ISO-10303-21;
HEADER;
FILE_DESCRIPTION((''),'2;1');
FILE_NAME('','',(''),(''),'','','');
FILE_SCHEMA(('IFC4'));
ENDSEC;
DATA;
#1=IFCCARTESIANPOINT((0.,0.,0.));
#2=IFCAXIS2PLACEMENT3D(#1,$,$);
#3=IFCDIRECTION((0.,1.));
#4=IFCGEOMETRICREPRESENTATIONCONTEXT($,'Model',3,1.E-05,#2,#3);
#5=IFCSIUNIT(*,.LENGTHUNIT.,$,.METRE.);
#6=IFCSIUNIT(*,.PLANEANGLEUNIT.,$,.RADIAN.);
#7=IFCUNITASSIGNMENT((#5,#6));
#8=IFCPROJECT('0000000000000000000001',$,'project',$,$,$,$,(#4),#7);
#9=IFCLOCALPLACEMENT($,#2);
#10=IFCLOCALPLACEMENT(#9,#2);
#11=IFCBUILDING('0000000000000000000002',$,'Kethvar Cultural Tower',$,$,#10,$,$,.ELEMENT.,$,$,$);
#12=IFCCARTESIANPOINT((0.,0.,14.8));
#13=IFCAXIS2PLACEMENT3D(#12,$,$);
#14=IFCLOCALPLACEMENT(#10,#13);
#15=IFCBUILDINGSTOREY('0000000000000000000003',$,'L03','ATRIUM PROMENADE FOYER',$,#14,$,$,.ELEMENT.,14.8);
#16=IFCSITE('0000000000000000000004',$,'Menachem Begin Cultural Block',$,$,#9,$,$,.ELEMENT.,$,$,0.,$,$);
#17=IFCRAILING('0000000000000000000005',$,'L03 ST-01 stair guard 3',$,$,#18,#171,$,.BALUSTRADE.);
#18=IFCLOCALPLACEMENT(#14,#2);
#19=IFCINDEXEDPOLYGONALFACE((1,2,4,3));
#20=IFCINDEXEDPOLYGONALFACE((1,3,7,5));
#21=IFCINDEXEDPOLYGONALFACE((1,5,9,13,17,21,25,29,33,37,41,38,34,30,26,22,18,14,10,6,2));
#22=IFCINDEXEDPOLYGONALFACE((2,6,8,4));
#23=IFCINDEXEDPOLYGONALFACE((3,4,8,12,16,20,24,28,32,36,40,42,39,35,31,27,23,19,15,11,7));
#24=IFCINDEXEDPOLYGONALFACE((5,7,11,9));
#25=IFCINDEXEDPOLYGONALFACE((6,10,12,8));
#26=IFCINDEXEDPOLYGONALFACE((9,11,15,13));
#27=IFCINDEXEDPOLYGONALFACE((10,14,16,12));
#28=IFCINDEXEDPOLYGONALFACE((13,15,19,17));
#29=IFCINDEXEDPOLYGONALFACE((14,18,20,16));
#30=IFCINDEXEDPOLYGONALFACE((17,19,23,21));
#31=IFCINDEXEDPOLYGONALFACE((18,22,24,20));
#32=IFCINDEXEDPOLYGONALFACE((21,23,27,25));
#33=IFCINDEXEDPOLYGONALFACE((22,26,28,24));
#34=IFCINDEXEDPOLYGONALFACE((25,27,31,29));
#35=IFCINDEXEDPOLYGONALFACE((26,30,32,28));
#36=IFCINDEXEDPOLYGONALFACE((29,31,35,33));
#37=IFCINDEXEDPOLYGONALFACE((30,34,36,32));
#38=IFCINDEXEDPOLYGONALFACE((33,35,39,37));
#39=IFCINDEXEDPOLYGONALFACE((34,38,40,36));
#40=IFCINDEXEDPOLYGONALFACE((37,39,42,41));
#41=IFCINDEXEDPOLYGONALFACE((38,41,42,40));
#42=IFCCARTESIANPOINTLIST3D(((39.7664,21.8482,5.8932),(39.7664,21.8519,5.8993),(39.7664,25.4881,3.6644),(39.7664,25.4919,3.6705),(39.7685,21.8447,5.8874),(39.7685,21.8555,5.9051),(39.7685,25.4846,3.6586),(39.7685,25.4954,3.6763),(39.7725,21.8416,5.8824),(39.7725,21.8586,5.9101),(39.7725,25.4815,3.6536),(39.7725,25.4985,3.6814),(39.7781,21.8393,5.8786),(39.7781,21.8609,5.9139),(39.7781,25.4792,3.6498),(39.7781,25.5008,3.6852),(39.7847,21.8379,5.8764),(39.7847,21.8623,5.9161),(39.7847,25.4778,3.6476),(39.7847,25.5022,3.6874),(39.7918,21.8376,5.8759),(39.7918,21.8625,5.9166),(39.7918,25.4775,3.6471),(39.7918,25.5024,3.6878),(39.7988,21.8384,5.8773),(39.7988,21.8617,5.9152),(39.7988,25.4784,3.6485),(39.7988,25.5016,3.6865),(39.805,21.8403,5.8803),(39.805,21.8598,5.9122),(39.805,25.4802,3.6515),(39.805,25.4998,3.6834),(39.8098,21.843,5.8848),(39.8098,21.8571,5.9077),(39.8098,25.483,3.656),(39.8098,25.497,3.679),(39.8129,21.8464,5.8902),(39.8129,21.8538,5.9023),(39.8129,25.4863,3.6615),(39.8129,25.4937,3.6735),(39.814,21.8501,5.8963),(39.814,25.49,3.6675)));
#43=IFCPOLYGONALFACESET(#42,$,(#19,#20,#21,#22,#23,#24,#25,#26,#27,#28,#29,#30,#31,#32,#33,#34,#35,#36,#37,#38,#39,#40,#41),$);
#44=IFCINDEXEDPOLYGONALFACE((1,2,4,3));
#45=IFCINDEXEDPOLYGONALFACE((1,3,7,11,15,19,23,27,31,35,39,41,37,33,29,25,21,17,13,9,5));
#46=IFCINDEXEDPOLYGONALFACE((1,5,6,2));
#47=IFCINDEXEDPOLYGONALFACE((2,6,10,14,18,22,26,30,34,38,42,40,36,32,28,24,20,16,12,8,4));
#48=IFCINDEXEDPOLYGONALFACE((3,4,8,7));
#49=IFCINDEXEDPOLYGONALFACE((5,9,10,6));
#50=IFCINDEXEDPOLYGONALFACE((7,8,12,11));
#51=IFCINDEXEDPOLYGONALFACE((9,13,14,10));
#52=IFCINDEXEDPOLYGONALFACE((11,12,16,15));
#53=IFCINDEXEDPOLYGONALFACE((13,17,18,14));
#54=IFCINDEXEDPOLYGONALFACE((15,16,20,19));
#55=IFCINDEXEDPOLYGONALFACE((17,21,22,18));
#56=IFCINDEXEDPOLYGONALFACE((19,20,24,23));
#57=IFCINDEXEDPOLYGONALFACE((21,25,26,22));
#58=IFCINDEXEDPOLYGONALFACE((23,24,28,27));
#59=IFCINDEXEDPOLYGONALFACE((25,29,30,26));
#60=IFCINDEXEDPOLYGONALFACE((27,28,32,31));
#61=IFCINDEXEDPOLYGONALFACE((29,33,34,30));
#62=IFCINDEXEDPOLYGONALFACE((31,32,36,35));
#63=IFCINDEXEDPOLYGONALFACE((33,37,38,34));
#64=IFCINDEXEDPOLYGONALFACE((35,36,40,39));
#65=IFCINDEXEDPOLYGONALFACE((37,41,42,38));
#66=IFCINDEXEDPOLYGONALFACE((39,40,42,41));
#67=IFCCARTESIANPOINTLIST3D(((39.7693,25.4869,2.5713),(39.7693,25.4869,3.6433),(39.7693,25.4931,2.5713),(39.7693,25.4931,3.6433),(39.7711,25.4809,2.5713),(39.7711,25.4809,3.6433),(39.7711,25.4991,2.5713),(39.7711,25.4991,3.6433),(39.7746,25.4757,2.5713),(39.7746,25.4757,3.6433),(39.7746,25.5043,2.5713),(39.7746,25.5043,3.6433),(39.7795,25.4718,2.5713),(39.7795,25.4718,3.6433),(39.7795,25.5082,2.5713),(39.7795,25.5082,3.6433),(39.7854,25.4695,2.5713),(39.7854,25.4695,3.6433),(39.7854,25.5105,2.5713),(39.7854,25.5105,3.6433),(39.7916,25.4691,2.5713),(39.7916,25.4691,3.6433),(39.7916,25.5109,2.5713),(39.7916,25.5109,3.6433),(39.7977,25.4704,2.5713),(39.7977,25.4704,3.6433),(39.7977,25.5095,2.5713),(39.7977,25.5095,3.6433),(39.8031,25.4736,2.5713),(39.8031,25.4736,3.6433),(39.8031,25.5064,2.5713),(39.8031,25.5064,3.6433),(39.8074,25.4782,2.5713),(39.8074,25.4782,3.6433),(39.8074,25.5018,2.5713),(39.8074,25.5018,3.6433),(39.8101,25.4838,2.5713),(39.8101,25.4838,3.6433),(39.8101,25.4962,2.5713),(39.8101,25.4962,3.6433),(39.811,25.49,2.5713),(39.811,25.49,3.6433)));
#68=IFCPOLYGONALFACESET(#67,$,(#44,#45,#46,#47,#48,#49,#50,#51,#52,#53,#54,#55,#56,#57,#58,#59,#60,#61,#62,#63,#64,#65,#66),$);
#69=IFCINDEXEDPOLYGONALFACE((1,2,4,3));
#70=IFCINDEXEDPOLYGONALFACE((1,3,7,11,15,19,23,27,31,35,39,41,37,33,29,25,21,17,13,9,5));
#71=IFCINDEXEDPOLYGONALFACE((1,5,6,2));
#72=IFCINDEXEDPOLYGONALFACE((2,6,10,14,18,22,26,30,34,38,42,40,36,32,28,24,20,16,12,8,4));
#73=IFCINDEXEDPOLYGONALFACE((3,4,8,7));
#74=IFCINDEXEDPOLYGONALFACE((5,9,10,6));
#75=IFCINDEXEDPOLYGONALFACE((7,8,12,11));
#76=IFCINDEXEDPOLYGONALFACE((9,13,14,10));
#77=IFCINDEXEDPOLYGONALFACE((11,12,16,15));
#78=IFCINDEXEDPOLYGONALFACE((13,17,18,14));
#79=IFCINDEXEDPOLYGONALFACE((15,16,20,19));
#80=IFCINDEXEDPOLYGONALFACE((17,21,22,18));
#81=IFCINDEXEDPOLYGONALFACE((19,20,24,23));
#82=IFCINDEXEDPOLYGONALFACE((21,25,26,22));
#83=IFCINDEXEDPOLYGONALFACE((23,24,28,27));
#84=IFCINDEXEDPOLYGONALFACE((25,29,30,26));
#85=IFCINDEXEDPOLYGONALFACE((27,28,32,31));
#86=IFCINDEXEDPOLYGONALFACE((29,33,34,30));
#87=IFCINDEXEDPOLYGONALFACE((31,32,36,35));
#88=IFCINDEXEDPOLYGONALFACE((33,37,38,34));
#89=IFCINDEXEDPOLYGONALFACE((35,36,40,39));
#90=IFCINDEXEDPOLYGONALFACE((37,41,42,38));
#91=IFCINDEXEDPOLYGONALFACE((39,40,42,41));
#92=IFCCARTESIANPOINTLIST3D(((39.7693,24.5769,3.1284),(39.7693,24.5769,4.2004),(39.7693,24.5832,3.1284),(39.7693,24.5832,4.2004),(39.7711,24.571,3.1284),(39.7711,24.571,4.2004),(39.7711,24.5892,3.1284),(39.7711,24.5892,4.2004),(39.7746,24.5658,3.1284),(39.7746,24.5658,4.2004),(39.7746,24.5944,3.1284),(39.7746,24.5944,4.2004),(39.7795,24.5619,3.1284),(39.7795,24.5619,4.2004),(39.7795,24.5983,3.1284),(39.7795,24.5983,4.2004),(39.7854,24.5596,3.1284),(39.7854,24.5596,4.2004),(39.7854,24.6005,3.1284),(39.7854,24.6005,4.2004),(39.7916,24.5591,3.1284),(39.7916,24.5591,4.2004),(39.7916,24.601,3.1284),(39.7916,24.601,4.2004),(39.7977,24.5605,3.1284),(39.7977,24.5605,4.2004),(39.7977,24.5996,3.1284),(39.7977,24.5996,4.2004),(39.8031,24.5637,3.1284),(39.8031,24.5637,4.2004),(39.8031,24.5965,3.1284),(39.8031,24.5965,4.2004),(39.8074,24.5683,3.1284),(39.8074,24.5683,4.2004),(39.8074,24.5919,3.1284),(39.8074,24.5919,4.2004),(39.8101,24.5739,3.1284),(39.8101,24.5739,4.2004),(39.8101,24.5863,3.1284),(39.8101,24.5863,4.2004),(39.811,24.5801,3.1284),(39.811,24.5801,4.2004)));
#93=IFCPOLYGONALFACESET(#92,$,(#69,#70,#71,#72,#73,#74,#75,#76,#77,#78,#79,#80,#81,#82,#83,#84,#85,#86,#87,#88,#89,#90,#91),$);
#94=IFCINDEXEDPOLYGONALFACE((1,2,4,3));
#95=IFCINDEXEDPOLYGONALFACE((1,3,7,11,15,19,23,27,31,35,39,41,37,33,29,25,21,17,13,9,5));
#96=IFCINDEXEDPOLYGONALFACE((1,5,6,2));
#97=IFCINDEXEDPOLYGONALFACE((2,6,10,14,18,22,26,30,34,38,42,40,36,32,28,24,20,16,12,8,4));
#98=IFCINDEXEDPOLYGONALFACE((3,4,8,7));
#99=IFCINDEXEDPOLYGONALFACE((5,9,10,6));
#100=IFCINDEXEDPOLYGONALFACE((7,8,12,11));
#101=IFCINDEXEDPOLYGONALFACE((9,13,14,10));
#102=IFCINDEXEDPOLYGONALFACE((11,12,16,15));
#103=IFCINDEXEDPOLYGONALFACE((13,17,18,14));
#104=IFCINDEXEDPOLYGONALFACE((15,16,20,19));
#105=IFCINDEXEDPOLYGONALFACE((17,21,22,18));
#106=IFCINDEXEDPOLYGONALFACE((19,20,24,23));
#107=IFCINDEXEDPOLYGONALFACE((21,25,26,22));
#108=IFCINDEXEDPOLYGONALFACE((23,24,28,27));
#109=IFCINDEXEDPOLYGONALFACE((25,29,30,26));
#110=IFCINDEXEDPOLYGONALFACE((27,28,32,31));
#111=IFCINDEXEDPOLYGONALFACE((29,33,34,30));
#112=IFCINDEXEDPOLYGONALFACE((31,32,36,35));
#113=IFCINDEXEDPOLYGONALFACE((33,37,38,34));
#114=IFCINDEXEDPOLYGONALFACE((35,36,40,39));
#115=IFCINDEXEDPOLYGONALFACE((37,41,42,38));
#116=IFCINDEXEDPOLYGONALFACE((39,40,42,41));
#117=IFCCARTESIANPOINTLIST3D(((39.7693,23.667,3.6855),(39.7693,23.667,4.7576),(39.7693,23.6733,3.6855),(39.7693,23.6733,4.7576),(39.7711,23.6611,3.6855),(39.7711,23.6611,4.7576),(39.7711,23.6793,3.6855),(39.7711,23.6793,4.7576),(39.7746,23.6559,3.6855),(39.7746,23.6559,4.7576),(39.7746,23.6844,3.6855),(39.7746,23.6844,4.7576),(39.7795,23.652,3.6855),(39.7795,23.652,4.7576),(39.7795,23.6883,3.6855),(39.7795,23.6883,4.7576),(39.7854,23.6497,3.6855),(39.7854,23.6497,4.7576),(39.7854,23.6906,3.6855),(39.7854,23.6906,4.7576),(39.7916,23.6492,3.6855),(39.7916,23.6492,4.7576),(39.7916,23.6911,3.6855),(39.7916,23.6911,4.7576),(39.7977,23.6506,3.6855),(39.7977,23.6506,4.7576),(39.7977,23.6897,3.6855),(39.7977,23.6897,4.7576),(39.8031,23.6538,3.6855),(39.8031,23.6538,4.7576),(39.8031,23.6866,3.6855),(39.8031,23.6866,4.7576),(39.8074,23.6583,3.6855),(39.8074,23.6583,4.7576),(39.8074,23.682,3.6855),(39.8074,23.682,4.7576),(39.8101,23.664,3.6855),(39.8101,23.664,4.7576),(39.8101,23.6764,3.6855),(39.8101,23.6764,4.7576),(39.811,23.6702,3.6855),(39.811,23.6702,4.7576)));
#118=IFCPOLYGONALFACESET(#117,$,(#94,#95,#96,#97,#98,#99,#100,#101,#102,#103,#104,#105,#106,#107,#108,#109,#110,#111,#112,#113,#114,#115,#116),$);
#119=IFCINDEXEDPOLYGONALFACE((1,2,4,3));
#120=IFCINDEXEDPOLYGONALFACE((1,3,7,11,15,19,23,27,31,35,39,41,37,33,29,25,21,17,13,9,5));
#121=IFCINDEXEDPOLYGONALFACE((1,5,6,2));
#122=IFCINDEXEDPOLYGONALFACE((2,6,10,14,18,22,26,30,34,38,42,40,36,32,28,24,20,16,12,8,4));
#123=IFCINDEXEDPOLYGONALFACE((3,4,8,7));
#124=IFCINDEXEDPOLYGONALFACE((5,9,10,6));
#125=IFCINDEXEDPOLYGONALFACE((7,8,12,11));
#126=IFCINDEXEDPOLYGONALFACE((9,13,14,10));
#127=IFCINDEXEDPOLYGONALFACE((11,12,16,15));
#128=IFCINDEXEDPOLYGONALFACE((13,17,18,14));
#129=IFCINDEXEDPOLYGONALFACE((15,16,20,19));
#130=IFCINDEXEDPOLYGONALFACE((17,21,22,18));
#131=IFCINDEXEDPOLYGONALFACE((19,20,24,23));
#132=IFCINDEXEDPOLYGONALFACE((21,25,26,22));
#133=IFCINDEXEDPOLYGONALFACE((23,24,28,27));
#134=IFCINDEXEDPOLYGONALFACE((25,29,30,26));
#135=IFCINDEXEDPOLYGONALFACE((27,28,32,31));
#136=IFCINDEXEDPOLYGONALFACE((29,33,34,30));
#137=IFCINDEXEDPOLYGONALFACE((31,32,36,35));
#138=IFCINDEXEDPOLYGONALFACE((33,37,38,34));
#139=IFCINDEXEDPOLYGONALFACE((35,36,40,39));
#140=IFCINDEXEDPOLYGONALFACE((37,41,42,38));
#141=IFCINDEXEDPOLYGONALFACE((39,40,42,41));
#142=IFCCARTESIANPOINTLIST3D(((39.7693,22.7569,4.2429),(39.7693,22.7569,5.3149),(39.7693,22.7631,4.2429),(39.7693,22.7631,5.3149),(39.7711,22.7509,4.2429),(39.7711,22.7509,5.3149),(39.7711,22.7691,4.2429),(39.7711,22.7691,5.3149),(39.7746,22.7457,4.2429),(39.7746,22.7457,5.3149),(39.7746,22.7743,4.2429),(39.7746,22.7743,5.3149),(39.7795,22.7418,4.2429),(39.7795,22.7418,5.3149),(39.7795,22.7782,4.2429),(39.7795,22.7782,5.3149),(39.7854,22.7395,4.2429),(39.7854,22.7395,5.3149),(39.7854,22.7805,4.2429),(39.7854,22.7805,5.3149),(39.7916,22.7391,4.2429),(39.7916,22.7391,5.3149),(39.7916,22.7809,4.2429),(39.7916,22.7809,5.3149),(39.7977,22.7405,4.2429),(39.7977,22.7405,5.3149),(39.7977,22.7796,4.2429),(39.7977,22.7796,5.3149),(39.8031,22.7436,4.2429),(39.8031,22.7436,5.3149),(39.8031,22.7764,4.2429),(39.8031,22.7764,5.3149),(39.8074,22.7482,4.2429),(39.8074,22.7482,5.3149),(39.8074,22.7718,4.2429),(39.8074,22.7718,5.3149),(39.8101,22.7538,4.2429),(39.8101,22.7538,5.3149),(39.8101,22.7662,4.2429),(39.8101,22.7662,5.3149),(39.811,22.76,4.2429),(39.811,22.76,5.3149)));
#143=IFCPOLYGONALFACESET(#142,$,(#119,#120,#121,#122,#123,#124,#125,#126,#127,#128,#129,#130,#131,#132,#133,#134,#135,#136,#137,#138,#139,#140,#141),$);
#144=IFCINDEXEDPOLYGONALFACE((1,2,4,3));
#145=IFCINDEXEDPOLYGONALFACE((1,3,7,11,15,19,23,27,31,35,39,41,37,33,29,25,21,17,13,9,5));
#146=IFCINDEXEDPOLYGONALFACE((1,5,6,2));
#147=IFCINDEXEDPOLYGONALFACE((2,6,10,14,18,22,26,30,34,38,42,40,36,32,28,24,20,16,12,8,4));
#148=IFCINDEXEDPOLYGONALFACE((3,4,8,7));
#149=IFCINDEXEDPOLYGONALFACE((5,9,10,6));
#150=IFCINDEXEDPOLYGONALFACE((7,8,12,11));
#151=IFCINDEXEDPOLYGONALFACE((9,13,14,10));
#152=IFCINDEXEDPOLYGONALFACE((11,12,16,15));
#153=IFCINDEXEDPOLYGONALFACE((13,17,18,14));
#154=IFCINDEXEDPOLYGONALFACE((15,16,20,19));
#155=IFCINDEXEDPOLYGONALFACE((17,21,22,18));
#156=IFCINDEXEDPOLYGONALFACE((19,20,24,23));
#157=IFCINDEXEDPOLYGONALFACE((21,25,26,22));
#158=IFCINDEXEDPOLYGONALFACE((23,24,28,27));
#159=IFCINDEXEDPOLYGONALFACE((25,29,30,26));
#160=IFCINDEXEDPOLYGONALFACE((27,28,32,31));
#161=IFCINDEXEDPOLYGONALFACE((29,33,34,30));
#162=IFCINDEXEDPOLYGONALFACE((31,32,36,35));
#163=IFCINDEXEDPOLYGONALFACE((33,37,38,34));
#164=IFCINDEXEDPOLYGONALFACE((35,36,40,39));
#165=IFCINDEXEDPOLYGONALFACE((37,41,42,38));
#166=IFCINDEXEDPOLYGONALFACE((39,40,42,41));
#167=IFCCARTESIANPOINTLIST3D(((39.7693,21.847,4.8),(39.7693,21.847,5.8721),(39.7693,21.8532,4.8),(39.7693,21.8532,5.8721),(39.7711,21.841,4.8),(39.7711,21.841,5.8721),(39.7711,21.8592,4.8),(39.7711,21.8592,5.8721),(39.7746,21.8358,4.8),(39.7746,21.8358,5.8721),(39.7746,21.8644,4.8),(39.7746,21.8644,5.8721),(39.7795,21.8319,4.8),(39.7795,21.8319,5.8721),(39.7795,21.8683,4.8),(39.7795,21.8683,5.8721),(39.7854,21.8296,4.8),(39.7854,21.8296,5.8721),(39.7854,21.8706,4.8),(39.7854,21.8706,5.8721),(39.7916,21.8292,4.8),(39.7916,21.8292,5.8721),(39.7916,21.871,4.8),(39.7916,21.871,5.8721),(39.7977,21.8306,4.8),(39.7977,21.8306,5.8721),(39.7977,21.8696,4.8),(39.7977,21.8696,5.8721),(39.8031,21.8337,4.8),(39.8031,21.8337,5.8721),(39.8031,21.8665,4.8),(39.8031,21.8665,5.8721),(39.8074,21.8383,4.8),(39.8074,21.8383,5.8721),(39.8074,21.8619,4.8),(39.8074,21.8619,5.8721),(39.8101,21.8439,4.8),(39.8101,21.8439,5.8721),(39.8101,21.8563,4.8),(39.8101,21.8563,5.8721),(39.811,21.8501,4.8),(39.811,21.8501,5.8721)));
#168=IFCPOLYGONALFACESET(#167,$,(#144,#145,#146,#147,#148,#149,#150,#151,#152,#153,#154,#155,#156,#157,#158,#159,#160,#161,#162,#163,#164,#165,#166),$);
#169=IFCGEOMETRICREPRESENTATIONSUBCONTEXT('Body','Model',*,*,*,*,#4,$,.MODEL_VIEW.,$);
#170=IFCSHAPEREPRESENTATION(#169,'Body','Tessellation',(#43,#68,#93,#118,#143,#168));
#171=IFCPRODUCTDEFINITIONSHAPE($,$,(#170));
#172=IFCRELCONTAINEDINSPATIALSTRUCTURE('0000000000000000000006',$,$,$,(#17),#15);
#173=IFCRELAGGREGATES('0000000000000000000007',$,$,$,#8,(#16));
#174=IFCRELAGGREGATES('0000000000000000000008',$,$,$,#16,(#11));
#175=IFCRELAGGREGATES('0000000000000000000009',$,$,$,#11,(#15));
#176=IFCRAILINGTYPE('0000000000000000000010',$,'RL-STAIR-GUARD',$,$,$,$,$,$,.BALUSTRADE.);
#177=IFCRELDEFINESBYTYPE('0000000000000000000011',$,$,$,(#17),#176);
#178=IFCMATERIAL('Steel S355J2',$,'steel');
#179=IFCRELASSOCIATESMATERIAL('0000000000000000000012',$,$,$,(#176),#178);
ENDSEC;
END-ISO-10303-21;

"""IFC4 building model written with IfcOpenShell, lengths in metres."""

from ifc_helpers import new_model, si_unit, direction, frame, origin, origin_2d, place, context, subcontext, project, spatial, circle, extrude, material, type_object, element, save


model = new_model("IFC4")

# Units and contexts
model_context = context("Model", 3, precision=1e-05, world=origin(), true_north=direction((0.0, 1.0)))
body_context = subcontext(model_context, "Body", "Model", "MODEL_VIEW")
ifc_project = project(units=[si_unit("LENGTHUNIT", "METRE"), si_unit("PLANEANGLEUNIT", "RADIAN")], contexts=[model_context])

# Site, building, storey
site_placement = place(None, origin())
site = spatial("IfcSite", under=ifc_project, at=site_placement, Name="Menachem Begin Cultural Block", CompositionType="ELEMENT", RefElevation=0.0)
building_placement = place(site_placement, origin())
building = spatial("IfcBuilding", under=site, at=building_placement, Name="Kethvar Cultural Tower", CompositionType="ELEMENT")
storey_placement = place(building_placement, frame((0.0, 0.0, 14.8)))
storey = spatial("IfcBuildingStorey", under=building, at=storey_placement, Name="L03", Description="ATRIUM PROMENADE FOYER", CompositionType="ELEMENT", Elevation=14.8)

# Shared definitions
ifc_material_1 = material(Name="Steel S355J2", Category="steel")

# Railing
railing_type_1 = type_object("IfcRailingType", Name="RL-STAIR-GUARD", PredefinedType="BALUSTRADE", material=ifc_material_1)
railing_1_placement = place(storey_placement, frame((39.79, 25.49, 2.5713)))
element("IfcRailing", 1, at=railing_1_placement, inside=storey, type_object=railing_type_1, Name="L03 ST-01 stair guard 3", PredefinedType="BALUSTRADE", context=body_context, shape_type="SweptSolid", body=[
    extrude(circle(Radius=0.0239, at=origin_2d()), frame((0.0, 0.0, 1.0962), z_axis=(0.0, -0.852825, 0.522197), x_axis=(1.0, 0.0, 0.0)), (0.0, 0.0, 1.0), 4.2681),
    extrude(circle(Radius=0.021, at=origin_2d()), origin(), (0.0, 0.0, 1.0), 1.072),
    extrude(circle(Radius=0.021, at=origin_2d()), frame((0.0, -0.9099, 0.5571)), (0.0, 0.0, 1.0), 1.072),
    extrude(circle(Radius=0.021, at=origin_2d()), frame((0.0, -1.8198, 1.1143)), (0.0, 0.0, 1.0), 1.072),
    extrude(circle(Radius=0.021, at=origin_2d()), frame((0.0, -2.73, 1.6716)), (0.0, 0.0, 1.0), 1.072),
    extrude(circle(Radius=0.021, at=origin_2d()), frame((0.0, -3.6399, 2.2288)), (0.0, 0.0, 1.0), 1.072),
])

save(model, "model.ifc")
